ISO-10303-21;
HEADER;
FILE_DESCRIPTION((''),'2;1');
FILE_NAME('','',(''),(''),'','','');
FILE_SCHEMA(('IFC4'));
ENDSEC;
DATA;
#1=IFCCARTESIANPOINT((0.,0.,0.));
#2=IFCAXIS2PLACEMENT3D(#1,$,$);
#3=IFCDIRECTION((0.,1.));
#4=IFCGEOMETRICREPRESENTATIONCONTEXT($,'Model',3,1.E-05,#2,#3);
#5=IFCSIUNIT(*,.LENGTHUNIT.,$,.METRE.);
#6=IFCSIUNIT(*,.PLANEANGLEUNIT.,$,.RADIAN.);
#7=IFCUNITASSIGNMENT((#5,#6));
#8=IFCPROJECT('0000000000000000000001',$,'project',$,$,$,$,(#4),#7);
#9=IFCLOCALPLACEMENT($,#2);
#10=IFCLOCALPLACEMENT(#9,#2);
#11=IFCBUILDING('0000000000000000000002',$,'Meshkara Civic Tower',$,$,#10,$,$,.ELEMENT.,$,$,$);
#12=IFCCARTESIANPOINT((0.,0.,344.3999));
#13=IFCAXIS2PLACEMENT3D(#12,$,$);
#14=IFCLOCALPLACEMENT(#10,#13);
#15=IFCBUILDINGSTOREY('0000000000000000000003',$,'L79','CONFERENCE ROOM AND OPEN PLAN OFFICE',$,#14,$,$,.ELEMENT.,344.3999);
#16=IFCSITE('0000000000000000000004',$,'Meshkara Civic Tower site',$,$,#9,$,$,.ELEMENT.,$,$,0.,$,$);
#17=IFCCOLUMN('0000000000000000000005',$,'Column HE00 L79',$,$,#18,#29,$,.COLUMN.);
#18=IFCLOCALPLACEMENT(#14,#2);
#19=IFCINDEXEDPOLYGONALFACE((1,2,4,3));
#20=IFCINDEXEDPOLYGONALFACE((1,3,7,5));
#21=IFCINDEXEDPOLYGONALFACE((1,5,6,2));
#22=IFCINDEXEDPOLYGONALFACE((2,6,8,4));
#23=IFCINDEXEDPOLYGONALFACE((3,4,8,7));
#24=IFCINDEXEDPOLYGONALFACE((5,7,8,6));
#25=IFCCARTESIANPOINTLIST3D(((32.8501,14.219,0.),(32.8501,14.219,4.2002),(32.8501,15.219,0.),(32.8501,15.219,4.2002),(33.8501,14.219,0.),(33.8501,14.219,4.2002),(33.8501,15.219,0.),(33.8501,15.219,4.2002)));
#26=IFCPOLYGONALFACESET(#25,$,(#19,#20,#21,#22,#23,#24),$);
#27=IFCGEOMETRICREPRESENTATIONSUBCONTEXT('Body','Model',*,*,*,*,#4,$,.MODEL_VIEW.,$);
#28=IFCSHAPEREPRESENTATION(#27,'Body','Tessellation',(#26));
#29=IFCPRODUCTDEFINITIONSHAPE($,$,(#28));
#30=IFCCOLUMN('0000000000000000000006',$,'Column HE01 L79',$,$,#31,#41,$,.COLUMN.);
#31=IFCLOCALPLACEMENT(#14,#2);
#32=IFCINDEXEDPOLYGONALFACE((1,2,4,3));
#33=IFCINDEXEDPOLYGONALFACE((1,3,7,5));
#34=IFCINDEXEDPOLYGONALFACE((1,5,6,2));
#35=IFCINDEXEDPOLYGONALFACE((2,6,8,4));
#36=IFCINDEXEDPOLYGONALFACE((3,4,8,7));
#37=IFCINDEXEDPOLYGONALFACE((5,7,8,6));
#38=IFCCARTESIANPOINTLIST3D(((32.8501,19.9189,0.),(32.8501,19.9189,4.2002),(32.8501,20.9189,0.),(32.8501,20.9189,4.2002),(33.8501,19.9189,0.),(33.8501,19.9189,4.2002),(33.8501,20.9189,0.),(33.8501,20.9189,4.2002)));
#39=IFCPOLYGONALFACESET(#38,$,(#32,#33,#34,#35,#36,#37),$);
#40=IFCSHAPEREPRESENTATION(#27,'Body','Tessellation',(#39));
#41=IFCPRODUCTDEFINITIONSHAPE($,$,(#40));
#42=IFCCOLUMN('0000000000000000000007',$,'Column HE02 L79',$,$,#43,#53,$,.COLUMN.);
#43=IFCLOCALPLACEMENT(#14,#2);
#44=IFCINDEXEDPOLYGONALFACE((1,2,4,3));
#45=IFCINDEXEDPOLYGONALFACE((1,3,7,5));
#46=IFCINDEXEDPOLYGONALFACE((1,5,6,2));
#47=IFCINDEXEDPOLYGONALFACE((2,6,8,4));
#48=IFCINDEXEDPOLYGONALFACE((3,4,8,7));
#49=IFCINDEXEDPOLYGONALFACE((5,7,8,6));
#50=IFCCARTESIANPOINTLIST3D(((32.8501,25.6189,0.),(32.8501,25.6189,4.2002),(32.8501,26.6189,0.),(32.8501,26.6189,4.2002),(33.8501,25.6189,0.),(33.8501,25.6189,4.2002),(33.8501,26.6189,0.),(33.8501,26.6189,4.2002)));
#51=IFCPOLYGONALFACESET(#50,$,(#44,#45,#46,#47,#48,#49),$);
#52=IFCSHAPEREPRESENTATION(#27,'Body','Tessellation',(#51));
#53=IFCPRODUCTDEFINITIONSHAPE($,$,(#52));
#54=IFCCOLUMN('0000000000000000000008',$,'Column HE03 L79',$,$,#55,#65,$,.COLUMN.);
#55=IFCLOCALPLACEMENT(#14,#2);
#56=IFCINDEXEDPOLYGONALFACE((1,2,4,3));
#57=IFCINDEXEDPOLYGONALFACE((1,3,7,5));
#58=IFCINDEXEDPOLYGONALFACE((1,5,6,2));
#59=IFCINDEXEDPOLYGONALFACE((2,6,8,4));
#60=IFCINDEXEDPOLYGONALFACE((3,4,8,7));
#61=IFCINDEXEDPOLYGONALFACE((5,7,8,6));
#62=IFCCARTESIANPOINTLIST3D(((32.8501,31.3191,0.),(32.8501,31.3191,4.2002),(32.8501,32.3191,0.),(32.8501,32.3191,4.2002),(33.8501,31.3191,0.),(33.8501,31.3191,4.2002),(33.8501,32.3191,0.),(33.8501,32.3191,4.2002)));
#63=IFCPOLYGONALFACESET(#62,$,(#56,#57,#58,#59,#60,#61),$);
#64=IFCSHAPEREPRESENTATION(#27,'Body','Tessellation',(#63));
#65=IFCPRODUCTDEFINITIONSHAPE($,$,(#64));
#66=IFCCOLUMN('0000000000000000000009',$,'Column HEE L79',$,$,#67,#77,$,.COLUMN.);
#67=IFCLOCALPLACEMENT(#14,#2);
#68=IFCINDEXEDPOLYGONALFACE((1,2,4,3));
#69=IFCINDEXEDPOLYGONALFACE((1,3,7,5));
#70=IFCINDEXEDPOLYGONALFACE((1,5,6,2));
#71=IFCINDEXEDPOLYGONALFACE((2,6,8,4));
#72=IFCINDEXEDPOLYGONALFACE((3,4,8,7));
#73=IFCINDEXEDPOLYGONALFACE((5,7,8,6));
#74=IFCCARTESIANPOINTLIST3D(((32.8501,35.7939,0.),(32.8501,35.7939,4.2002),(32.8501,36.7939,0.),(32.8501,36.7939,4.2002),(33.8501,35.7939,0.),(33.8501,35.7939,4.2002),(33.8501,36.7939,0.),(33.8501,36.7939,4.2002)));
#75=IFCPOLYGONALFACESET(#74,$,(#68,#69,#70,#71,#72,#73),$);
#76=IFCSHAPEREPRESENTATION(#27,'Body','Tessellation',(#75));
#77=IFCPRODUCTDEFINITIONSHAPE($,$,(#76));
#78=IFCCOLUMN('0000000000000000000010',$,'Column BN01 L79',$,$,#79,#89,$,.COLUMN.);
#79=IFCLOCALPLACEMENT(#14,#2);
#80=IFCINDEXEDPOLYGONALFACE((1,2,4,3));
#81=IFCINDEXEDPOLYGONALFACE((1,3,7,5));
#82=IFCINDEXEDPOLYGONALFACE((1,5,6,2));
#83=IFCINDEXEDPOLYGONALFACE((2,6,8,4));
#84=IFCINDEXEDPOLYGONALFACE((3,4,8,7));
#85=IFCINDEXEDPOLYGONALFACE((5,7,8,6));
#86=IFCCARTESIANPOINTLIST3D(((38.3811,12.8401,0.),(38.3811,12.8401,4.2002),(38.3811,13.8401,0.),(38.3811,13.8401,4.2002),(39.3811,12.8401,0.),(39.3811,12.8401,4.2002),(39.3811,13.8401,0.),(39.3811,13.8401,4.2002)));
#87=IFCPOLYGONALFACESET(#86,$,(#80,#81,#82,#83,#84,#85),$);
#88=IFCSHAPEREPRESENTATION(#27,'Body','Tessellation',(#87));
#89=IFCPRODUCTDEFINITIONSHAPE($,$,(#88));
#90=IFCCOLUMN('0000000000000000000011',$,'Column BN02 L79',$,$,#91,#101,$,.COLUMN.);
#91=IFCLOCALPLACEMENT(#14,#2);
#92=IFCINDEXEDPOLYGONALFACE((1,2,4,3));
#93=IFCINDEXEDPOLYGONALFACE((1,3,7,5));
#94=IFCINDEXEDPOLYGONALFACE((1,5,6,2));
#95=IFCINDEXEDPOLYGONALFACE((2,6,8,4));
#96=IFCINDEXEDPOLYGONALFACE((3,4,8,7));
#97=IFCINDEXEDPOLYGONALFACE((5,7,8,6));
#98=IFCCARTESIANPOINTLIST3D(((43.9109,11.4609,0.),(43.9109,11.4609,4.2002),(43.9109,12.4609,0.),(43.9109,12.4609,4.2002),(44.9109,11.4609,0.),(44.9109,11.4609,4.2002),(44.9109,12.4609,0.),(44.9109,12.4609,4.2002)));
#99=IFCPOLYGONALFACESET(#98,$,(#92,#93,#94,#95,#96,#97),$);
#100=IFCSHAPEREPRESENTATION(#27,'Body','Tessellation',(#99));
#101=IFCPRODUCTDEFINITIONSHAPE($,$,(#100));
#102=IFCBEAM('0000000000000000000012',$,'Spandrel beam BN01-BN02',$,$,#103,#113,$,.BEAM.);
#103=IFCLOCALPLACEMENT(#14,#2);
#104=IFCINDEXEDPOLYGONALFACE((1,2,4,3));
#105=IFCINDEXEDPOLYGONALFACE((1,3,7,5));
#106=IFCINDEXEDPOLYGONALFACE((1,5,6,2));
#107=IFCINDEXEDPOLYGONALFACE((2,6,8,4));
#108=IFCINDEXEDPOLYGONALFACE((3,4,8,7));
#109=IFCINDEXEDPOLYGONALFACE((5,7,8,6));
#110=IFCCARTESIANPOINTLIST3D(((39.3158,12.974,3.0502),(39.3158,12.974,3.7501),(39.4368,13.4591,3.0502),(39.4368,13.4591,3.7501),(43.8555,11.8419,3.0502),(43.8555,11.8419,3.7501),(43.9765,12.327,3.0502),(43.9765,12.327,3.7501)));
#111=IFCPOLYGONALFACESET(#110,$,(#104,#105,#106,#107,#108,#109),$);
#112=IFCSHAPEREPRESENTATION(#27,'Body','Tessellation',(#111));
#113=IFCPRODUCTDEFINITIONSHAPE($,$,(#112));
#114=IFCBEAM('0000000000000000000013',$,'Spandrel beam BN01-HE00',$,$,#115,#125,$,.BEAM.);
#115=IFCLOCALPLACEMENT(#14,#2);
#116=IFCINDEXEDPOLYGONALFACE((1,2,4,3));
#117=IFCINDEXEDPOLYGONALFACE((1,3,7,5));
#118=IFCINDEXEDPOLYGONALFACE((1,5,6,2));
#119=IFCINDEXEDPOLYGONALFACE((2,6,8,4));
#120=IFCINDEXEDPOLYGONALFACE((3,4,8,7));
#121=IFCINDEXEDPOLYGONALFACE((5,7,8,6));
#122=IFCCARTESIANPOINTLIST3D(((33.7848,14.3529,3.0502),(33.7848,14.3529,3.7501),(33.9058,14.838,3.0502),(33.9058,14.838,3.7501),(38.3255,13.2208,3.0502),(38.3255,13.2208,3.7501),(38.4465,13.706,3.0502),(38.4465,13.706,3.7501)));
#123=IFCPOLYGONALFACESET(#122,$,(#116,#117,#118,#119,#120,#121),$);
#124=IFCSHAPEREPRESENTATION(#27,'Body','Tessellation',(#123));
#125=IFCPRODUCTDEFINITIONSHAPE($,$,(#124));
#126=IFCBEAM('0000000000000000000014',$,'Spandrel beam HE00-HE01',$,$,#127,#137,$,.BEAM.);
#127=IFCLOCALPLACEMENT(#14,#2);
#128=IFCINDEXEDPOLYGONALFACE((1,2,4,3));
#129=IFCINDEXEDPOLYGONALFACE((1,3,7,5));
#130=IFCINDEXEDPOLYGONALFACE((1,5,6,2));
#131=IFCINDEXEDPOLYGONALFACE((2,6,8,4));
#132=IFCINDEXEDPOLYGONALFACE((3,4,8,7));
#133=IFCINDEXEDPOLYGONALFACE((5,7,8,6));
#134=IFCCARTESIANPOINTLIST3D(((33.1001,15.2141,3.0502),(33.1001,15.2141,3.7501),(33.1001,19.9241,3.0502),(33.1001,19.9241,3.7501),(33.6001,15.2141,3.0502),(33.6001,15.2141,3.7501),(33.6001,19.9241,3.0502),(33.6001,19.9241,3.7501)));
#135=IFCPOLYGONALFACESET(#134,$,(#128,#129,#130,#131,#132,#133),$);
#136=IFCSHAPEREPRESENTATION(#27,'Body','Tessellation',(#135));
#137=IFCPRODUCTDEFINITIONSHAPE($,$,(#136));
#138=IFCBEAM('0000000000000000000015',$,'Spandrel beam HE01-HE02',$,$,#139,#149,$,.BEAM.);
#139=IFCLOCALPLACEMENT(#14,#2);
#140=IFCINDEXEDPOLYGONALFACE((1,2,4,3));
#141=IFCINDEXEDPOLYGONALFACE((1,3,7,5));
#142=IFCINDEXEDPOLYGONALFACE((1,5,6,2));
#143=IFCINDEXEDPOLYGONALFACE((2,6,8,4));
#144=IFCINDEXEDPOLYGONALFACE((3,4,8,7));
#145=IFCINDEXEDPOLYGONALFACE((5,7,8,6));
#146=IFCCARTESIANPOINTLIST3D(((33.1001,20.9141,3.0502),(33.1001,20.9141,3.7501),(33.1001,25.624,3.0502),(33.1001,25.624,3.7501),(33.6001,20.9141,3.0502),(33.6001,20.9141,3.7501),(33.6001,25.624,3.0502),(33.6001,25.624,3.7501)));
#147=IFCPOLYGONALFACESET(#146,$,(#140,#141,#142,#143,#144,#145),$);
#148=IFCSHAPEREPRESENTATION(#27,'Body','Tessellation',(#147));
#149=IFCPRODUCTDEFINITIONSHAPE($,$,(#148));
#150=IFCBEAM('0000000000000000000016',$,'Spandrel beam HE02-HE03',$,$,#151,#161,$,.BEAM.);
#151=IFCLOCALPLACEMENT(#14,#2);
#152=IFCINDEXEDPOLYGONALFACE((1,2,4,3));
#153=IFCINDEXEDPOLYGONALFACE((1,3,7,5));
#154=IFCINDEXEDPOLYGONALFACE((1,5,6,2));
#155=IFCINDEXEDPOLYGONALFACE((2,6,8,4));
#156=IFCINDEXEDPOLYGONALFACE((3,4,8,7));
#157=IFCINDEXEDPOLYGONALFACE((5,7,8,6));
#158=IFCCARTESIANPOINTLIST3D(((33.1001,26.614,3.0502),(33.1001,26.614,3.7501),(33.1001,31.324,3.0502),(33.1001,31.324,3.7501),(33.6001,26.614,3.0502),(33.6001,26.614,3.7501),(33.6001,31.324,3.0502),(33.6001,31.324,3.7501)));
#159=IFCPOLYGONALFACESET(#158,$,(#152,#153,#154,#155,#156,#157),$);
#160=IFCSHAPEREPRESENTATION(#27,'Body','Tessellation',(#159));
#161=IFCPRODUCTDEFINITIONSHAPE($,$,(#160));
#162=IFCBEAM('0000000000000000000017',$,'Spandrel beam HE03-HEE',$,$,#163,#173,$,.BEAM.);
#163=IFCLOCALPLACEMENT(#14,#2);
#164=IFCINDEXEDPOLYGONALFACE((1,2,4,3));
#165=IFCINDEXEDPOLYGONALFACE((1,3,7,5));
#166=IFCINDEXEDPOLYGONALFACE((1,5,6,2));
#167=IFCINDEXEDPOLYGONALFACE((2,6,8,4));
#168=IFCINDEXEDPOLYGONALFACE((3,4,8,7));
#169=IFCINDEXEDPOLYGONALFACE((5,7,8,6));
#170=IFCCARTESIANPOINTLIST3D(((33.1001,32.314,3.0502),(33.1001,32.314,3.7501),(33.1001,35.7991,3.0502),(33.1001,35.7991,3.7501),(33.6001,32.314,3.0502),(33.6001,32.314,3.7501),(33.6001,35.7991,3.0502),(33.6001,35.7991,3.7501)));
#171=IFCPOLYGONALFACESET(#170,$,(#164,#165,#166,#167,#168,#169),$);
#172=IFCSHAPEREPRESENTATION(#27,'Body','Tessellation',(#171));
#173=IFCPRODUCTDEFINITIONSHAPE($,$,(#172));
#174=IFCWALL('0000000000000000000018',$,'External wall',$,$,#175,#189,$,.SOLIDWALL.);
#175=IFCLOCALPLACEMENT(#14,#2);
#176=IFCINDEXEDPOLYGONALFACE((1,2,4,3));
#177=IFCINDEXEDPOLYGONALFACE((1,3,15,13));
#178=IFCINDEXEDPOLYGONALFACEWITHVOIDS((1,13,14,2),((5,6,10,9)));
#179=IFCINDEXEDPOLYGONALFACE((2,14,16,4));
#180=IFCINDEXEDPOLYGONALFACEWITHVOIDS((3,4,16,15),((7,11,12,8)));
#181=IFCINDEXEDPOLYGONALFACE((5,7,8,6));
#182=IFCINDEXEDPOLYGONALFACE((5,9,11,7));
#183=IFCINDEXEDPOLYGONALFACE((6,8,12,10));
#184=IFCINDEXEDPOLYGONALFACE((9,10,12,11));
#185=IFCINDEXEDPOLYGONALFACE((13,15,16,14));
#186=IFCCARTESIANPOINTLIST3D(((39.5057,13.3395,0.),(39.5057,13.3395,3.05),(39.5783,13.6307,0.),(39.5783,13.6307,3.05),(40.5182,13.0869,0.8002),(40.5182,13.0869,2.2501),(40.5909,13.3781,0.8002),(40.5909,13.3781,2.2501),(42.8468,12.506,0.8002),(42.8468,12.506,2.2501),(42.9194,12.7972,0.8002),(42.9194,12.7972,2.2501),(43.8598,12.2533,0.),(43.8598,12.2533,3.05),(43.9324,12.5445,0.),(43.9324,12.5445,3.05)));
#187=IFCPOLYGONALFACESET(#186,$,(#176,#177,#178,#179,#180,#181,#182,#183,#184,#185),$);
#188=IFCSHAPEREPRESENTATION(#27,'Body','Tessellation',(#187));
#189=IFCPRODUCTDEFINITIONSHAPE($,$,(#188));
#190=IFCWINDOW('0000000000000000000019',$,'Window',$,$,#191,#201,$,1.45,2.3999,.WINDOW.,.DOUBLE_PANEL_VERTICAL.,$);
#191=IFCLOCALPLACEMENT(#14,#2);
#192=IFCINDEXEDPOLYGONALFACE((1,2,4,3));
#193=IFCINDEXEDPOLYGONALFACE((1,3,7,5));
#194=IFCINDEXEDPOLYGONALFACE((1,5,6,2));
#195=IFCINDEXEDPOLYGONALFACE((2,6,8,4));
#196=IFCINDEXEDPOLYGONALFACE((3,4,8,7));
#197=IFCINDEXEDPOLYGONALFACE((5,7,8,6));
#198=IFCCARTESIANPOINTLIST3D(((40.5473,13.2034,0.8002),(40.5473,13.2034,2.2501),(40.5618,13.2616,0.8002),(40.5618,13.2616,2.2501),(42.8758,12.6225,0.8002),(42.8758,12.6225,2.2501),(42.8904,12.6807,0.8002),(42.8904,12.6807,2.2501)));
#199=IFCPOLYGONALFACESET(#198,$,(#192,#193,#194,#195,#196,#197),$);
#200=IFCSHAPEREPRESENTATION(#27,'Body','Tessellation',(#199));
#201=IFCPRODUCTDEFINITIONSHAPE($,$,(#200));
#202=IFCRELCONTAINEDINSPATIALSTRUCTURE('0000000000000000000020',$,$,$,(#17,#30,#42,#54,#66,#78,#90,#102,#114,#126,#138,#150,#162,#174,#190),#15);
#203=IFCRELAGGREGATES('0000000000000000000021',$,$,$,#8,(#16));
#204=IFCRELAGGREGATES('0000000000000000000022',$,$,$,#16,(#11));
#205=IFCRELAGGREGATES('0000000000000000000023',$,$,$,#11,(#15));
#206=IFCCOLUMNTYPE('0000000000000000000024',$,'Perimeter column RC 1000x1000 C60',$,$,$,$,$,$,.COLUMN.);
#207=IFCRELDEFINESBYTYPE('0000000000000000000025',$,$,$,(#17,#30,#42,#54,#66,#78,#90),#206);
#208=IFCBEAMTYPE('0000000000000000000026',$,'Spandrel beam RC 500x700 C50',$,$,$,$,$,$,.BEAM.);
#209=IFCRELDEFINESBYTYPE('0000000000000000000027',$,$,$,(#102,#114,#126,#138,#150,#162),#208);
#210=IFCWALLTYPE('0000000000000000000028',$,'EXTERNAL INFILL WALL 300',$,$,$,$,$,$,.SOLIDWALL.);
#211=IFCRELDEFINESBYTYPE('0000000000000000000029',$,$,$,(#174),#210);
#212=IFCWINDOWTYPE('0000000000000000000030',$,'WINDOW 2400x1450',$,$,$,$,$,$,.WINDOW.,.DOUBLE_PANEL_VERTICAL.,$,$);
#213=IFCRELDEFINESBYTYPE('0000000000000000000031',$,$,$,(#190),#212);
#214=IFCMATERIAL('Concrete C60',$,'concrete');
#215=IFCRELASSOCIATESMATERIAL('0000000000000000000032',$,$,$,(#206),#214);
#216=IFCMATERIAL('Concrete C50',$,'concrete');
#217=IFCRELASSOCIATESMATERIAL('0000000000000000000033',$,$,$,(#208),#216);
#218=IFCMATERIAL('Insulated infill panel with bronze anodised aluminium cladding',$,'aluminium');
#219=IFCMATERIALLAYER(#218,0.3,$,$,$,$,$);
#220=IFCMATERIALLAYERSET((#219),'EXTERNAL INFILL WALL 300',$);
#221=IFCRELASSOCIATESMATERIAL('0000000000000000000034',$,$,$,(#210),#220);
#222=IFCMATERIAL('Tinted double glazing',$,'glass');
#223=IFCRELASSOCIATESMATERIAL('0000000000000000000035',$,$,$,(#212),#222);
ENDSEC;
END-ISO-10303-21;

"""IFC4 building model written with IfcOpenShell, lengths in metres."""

from ifc_helpers import new_model, si_unit, direction, frame, frame_2d, origin, origin_2d, place, context, subcontext, project, spatial, rectangle, extrude, material, layer, layer_set, material_profile, profile_set, type_object, element, fill, save


model = new_model("IFC4")

# Units and contexts
model_context = context("Model", 3, precision=1e-05, world=origin(), true_north=direction((0.0, 1.0)))
body_context = subcontext(model_context, "Body", "Model", "MODEL_VIEW")
ifc_project = project(units=[si_unit("LENGTHUNIT", "METRE"), si_unit("PLANEANGLEUNIT", "RADIAN")], contexts=[model_context])

# Site, building, storey
site_placement = place(None, origin())
site = spatial("IfcSite", under=ifc_project, at=site_placement, Name="Meshkara Civic Tower site", CompositionType="ELEMENT", RefElevation=0.0)
building_placement = place(site_placement, origin())
building = spatial("IfcBuilding", under=site, at=building_placement, Name="Meshkara Civic Tower", CompositionType="ELEMENT")
storey_placement = place(building_placement, frame((0.0, 0.0, 344.3999)))
storey = spatial("IfcBuildingStorey", under=building, at=storey_placement, Name="L79", Description="CONFERENCE ROOM AND OPEN PLAN OFFICE", CompositionType="ELEMENT", Elevation=344.3999)

# Columns
ifc_material_1 = material(Name="Concrete C60", Category="concrete")
ifc_material_profile_1 = material_profile(ifc_material_1, rectangle(XDim=1.0, YDim=1.0, at=origin_2d()))
ifc_profile_set_1 = profile_set([ifc_material_profile_1], Name="Concrete C60")
column_type = type_object("IfcColumnType", Name="Perimeter column RC 1000x1000 C60", PredefinedType="COLUMN", material=ifc_profile_set_1)
for number, where, z_axis, x_axis, name in (
    (1, (33.3501, 14.719, 0.0), (0.0, 0.0, 1.0), (1.0, 0.0, 0.0), "Column HE00 L79"),
    (2, (33.3501, 20.4189, 0.0), (0.0, 0.0, 1.0), (1.0, 0.0, 0.0), "Column HE01 L79"),
    (3, (33.3501, 26.1189, 0.0), (0.0, 0.0, 1.0), (1.0, 0.0, 0.0), "Column HE02 L79"),
    (4, (33.3501, 31.8191, 0.0), (0.0, 0.0, 1.0), (1.0, 0.0, 0.0), "Column HE03 L79"),
    (5, (33.3501, 36.2939, 0.0), (0.0, 0.0, 1.0), (1.0, 0.0, 0.0), "Column HEE L79"),
    (6, (38.8811, 13.3401, 0.0), (0.0, 0.0, 1.0), (1.0, 0.0, 0.0), "Column BN01 L79"),
    (7, (44.4109, 11.9609, 0.0), (0.0, 0.0, 1.0), (1.0, 0.0, 0.0), "Column BN02 L79"),
):
    element("IfcColumn", number, at=place(storey_placement, frame(where, z_axis=z_axis, x_axis=x_axis)), inside=storey, type_object=column_type, Name=name, PredefinedType="COLUMN", context=body_context, shape_type="SweptSolid", body=[
        extrude(rectangle(XDim=1.0, YDim=1.0, at=origin_2d()), origin(), (0.0, 0.0, 1.0), 4.2002),
    ])

# Beams
ifc_material_2 = material(Name="Concrete C50", Category="concrete")
ifc_material_profile_2 = material_profile(ifc_material_2, rectangle(XDim=0.5, YDim=0.7, at=origin_2d()))
ifc_profile_set_2 = profile_set([ifc_material_profile_2], Name="Concrete C50")
beam_type = type_object("IfcBeamType", Name="Spandrel beam RC 500x700 C50", PredefinedType="BEAM", material=ifc_profile_set_2)
beam_1_placement = place(storey_placement, frame((43.916, 12.0845, 3.4001), z_axis=(-0.970287, 0.241959, 0.0), x_axis=(-0.241959, -0.970287, 0.0)))
element("IfcBeam", 8, at=beam_1_placement, inside=storey, type_object=beam_type, Name="Spandrel beam BN01-BN02", PredefinedType="BEAM", context=body_context, shape_type="SweptSolid", body=[
    extrude(rectangle(XDim=0.5, YDim=0.7, at=origin_2d()), origin(), (0.0, 0.0, 1.0), 4.6787),
])
beam_2_placement = place(storey_placement, frame((38.386, 13.4634, 3.4001), z_axis=(-0.970299, 0.24191, 0.0), x_axis=(-0.24191, -0.970299, 0.0)))
element("IfcBeam", 9, at=beam_2_placement, inside=storey, type_object=beam_type, Name="Spandrel beam BN01-HE00", PredefinedType="BEAM", context=body_context, shape_type="SweptSolid", body=[
    extrude(rectangle(XDim=0.5, YDim=0.7, at=origin_2d()), origin(), (0.0, 0.0, 1.0), 4.6797),
])
for number, where, z_axis, x_axis, name in (
    (10, (33.3501, 15.2141, 3.4001), (0.0, 1.0, 0.0), (-1.0, 0.0, 0.0), "Spandrel beam HE00-HE01"),
    (11, (33.3501, 20.9141, 3.4001), (0.0, 1.0, 0.0), (-1.0, 0.0, 0.0), "Spandrel beam HE01-HE02"),
    (12, (33.3501, 26.614, 3.4001), (0.0, 1.0, 0.0), (-1.0, 0.0, 0.0), "Spandrel beam HE02-HE03"),
):
    element("IfcBeam", number, at=place(storey_placement, frame(where, z_axis=z_axis, x_axis=x_axis)), inside=storey, type_object=beam_type, Name=name, PredefinedType="BEAM", context=body_context, shape_type="SweptSolid", body=[
        extrude(rectangle(XDim=0.5, YDim=0.7, at=origin_2d()), origin(), (0.0, 0.0, 1.0), 4.71),
    ])
beam_3_placement = place(storey_placement, frame((33.3501, 32.314, 3.4001), z_axis=(0.0, 1.0, 0.0), x_axis=(-1.0, 0.0, 0.0)))
element("IfcBeam", 13, at=beam_3_placement, inside=storey, type_object=beam_type, Name="Spandrel beam HE03-HEE", PredefinedType="BEAM", context=body_context, shape_type="SweptSolid", body=[
    extrude(rectangle(XDim=0.5, YDim=0.7, at=origin_2d()), origin(), (0.0, 0.0, 1.0), 3.4851),
])

# Wall, opening, window
ifc_material_3 = material(Name="Insulated infill panel with bronze anodised aluminium cladding", Category="aluminium")
ifc_layer = layer(ifc_material_3, 0.3)
ifc_layer_set = layer_set([ifc_layer], Name="EXTERNAL INFILL WALL 300")
wall_type = type_object("IfcWallType", Name="EXTERNAL INFILL WALL 300", PredefinedType="SOLIDWALL", material=ifc_layer_set)
wall_1_placement = place(storey_placement, frame((43.896, 12.3989, 0.0), z_axis=(0.0, 0.0, 1.0), x_axis=(-0.970264, 0.242049, 0.0)))
wall_1 = element("IfcWall", 14, at=wall_1_placement, inside=storey, type_object=wall_type, Name="External wall", PredefinedType="SOLIDWALL", context=body_context, shape_type="SweptSolid", body=[
    extrude(rectangle(XDim=4.4875, YDim=0.3, at=frame_2d((2.2437, 0.0))), origin(), (0.0, 0.0, 1.0), 3.05),
])
opening_1_placement = place(wall_1_placement, frame((1.0439, 0.0, 0.8)))
opening_1 = element("IfcOpeningElement", 15, at=opening_1_placement, cuts=wall_1, PredefinedType="OPENING", context=body_context, shape_type="SweptSolid", body=[
    extrude(rectangle(XDim=2.3999, YDim=1.45, at=frame_2d((1.2, 0.7251))), frame((0.0, 0.1599, 0.0), z_axis=(0.0, -1.0, 0.0), x_axis=(1.0, 0.0, 0.0)), (0.0, 0.0, 1.0), 0.3201),
])
ifc_material_4 = material(Name="Tinted double glazing", Category="glass")
window_type = type_object("IfcWindowType", Name="WINDOW 2400x1450", PartitioningType="DOUBLE_PANEL_VERTICAL", PredefinedType="WINDOW", material=ifc_material_4)
window_1_placement = place(opening_1_placement, origin())
window_1 = element("IfcWindow", 16, at=window_1_placement, inside=storey, type_object=window_type, Name="Window", OverallHeight=1.45, OverallWidth=2.3999, PartitioningType="DOUBLE_PANEL_VERTICAL", PredefinedType="WINDOW", context=body_context, shape_type="SweptSolid", body=[
    extrude(rectangle(XDim=2.3999, YDim=1.45, at=frame_2d((1.2, 0.7251))), frame((0.0, 0.03, 0.0), z_axis=(0.0, -1.0, 0.0), x_axis=(1.0, 0.0, 0.0)), (0.0, 0.0, 1.0), 0.0601),
])
fill(opening_1, window_1)

save(model, "model.ifc")
